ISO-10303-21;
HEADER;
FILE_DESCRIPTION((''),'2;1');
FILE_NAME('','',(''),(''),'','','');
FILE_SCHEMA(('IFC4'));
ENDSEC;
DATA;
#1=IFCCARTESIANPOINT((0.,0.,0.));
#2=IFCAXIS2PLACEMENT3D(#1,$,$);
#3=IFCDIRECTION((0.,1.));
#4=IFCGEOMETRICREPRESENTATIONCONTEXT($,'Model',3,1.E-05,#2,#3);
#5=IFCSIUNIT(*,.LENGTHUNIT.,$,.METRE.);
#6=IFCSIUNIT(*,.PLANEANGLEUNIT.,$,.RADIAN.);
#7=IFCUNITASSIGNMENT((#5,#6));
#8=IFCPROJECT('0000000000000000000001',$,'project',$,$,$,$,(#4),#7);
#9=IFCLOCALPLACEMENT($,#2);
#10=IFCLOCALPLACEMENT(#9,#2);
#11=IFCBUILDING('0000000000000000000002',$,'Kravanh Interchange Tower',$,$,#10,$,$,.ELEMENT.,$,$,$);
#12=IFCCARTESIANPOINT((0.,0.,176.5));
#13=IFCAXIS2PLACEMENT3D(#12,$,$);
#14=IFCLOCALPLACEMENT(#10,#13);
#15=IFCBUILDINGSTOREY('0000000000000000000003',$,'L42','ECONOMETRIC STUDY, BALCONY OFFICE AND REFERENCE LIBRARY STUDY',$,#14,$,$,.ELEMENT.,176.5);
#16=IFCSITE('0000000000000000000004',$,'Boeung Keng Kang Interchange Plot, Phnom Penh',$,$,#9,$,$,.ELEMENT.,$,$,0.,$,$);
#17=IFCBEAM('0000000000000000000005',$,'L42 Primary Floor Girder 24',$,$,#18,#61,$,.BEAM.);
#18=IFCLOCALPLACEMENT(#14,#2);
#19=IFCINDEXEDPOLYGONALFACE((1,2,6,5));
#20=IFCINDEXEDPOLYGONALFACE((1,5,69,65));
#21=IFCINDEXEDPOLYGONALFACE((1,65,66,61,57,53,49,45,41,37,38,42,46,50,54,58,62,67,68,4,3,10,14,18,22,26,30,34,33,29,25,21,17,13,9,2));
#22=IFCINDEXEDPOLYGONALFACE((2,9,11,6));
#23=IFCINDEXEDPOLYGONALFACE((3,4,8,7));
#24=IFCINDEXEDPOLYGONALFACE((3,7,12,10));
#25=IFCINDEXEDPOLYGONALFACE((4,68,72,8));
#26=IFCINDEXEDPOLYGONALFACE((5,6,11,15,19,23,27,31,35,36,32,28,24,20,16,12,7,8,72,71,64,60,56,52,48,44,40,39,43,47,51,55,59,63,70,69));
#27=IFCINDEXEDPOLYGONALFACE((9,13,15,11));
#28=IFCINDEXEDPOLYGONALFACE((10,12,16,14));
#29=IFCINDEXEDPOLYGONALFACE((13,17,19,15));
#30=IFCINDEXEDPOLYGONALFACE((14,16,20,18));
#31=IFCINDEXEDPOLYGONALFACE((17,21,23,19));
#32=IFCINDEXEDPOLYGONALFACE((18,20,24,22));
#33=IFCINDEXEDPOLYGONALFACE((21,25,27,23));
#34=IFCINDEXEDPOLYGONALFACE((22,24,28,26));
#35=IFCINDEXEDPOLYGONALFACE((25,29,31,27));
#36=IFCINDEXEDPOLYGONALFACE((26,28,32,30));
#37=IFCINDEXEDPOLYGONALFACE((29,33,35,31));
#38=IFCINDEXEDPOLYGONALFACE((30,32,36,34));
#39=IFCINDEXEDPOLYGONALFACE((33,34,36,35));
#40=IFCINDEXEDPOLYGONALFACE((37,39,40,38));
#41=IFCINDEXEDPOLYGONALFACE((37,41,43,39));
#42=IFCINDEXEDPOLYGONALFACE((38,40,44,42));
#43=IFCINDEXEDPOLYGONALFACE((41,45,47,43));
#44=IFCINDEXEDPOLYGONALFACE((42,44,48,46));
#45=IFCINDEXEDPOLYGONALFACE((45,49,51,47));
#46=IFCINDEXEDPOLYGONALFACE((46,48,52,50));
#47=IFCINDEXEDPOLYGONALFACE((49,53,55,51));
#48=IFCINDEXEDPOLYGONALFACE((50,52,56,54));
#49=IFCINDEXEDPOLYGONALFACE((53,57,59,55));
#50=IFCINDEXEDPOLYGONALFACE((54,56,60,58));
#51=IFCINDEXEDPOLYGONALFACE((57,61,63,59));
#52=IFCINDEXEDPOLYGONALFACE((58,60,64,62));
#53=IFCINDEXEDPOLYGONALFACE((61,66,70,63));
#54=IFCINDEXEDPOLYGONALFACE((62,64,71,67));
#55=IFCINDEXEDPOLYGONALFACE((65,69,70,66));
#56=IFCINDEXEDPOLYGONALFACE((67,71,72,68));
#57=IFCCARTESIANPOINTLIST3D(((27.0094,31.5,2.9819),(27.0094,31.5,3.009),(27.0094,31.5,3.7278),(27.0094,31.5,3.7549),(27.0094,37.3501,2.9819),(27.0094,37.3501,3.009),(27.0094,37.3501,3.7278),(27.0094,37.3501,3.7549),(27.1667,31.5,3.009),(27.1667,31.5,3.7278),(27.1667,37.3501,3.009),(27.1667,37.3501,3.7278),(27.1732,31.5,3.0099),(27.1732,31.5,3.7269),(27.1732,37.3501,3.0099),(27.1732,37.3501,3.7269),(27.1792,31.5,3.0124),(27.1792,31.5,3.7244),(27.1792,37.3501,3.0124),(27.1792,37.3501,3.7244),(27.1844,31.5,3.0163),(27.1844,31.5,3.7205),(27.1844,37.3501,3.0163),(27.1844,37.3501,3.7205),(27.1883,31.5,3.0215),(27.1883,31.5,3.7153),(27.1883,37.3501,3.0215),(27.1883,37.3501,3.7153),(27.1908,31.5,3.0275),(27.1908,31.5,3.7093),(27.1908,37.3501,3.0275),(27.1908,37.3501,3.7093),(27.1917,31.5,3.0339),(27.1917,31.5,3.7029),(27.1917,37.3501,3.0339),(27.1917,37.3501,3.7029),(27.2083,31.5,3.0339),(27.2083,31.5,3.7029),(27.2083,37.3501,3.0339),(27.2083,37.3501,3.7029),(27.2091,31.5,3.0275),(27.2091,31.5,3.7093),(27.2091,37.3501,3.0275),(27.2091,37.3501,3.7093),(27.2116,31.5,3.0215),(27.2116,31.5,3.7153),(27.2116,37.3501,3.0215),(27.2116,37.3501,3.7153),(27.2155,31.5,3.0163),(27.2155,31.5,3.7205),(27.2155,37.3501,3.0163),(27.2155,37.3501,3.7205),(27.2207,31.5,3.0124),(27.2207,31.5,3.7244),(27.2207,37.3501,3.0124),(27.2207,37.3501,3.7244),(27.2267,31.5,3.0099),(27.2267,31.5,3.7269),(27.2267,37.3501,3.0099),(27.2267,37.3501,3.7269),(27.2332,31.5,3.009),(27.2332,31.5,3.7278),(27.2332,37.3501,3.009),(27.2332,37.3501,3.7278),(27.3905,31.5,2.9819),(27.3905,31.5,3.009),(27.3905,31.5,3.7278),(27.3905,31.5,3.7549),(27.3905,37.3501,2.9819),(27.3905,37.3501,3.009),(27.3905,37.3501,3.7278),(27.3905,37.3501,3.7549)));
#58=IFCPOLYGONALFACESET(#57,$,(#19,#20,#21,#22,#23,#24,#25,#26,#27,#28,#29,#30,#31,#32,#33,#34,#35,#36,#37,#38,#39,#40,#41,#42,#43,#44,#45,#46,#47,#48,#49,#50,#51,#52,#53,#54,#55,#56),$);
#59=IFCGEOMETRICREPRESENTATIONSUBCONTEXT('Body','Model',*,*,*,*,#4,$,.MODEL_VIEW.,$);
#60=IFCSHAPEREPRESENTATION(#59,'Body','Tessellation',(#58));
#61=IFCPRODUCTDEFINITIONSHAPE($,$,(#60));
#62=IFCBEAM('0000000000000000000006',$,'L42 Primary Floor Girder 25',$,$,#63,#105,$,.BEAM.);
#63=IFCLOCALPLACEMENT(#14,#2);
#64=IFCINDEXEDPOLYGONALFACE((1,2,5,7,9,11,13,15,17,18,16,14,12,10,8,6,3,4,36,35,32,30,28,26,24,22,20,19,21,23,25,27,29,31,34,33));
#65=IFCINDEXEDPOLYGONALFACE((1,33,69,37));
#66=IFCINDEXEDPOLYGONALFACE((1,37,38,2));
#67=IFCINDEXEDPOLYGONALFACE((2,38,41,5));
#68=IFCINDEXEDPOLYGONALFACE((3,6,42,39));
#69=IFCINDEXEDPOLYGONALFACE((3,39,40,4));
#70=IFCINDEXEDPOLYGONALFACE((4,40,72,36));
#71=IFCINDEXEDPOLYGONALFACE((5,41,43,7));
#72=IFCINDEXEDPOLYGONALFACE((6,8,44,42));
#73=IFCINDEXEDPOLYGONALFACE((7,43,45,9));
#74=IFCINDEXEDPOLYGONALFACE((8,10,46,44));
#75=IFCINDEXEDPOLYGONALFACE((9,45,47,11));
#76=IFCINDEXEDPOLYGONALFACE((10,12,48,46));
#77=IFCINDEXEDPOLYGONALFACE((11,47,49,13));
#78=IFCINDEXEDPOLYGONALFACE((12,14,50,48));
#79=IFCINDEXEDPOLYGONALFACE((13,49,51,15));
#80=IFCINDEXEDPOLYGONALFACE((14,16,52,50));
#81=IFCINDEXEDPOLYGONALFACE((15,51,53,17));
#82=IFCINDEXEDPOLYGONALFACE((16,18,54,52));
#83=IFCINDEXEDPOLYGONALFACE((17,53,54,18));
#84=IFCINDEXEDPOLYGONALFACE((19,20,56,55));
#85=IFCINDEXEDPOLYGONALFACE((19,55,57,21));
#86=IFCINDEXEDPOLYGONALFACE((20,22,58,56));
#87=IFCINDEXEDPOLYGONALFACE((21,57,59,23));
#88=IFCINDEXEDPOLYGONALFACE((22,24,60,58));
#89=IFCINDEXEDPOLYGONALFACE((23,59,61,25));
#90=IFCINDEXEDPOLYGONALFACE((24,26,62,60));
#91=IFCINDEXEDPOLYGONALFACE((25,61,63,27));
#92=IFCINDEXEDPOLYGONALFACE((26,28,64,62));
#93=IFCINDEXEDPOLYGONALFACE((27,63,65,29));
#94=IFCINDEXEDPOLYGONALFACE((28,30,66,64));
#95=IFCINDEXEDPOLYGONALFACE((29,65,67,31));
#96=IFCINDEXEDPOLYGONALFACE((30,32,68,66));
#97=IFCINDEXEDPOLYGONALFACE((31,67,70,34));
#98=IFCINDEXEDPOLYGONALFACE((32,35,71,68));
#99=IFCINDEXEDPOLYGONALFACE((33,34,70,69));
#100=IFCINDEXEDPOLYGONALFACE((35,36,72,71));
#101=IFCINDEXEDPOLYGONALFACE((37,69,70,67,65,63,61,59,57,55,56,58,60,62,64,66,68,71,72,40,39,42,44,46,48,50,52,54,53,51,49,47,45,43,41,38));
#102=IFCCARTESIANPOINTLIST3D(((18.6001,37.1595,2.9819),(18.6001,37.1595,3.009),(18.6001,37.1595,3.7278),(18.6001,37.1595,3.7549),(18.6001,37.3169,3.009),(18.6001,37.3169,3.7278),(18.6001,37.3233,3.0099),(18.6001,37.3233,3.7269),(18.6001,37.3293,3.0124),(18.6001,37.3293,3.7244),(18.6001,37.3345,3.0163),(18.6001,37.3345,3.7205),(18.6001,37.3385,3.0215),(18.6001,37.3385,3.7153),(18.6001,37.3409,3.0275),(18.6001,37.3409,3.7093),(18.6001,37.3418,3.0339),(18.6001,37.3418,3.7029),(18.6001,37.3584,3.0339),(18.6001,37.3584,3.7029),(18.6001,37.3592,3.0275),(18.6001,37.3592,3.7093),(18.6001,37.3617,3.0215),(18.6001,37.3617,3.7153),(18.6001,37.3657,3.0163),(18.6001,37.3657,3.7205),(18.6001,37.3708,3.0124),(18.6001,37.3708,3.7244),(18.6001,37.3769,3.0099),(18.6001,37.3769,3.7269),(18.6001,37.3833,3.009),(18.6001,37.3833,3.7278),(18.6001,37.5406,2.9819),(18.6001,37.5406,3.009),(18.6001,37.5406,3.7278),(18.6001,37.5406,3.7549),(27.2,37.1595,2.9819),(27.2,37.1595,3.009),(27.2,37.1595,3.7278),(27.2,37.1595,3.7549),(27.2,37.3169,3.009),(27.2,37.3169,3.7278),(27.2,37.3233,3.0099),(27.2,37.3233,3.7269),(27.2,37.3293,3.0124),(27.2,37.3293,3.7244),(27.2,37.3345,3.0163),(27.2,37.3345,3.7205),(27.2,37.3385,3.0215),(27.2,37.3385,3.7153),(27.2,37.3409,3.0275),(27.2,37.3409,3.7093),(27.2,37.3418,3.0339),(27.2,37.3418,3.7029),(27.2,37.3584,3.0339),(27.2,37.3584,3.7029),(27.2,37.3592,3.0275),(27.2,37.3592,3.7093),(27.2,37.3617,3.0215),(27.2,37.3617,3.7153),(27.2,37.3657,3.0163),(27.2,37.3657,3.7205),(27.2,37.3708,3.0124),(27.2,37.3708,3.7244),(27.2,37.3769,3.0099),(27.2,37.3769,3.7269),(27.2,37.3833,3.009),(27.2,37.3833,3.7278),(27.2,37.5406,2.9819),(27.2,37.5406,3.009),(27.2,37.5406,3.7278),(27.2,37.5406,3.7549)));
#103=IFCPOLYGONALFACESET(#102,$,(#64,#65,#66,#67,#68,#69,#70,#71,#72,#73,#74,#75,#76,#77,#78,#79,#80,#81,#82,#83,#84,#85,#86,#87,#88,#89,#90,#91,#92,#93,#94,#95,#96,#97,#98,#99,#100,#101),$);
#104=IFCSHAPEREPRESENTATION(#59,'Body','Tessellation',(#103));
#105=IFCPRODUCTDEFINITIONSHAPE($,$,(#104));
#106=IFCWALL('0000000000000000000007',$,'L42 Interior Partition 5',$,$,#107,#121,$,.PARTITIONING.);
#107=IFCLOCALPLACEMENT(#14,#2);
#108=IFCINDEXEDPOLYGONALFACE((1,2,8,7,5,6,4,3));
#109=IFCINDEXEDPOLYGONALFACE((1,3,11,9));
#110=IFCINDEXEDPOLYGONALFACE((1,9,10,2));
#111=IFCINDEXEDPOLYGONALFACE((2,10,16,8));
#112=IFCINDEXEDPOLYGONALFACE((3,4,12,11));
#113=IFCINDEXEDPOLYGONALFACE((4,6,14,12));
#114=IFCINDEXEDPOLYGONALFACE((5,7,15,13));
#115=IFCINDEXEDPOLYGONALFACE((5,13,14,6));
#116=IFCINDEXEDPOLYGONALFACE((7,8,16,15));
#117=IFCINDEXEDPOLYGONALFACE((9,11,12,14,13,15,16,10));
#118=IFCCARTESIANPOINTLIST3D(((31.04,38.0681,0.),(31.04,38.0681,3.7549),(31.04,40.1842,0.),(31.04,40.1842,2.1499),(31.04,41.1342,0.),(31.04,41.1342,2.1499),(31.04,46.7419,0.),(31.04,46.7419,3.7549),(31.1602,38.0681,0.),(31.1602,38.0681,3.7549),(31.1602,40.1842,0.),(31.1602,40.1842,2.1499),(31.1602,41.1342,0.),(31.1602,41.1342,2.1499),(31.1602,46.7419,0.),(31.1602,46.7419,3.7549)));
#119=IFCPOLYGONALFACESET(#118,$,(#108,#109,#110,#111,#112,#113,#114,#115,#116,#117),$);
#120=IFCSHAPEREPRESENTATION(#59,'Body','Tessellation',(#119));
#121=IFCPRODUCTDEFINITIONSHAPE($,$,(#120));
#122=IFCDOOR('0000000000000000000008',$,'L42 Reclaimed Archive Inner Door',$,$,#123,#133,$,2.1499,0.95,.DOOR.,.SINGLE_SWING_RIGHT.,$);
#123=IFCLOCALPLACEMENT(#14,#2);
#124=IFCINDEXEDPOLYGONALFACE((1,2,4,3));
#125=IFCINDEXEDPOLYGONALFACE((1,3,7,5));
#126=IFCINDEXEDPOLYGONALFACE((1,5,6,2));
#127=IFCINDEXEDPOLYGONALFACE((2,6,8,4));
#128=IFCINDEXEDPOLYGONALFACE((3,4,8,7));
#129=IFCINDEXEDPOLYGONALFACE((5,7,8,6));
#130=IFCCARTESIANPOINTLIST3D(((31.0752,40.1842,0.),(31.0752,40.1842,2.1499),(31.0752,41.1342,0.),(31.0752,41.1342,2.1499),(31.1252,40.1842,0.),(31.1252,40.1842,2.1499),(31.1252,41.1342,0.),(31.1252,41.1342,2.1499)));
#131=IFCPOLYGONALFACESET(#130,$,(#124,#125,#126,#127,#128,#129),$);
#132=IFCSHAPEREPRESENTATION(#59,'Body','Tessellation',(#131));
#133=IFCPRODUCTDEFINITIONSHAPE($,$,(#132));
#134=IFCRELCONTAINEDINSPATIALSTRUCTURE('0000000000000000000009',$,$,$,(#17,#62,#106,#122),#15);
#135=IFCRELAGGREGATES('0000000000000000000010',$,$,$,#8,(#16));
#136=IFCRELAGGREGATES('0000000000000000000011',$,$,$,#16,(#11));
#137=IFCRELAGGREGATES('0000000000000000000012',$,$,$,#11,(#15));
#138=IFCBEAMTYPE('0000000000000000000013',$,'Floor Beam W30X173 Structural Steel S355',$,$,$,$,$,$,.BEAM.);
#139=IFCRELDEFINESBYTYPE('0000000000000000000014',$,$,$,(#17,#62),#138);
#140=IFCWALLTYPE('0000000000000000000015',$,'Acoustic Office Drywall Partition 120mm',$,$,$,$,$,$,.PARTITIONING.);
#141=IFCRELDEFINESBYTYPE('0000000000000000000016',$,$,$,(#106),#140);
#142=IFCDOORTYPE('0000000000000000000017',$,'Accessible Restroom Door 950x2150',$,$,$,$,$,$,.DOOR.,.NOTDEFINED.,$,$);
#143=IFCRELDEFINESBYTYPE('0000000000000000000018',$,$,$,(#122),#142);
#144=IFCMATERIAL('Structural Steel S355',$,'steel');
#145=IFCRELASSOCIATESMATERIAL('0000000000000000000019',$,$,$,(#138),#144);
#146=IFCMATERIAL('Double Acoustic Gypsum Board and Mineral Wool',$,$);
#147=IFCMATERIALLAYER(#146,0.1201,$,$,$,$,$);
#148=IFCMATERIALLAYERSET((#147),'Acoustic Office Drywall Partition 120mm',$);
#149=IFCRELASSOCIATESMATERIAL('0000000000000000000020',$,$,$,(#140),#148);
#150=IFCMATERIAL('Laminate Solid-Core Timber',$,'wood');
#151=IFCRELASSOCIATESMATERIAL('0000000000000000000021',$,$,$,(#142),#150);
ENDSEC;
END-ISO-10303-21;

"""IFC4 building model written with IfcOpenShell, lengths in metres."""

from ifc_helpers import new_model, si_unit, direction, frame, frame_2d, origin, origin_2d, place, context, subcontext, project, spatial, rectangle, i_section, extrude, material, layer, layer_set, material_profile, profile_set, type_object, element, fill, save


model = new_model("IFC4")

# Units and contexts
model_context = context("Model", 3, precision=1e-05, world=origin(), true_north=direction((0.0, 1.0)))
body_context = subcontext(model_context, "Body", "Model", "MODEL_VIEW")
ifc_project = project(units=[si_unit("LENGTHUNIT", "METRE"), si_unit("PLANEANGLEUNIT", "RADIAN")], contexts=[model_context])

# Site, building, storey
site_placement = place(None, origin())
site = spatial("IfcSite", under=ifc_project, at=site_placement, Name="Boeung Keng Kang Interchange Plot, Phnom Penh", CompositionType="ELEMENT", RefElevation=0.0)
building_placement = place(site_placement, origin())
building = spatial("IfcBuilding", under=site, at=building_placement, Name="Kravanh Interchange Tower", CompositionType="ELEMENT")
storey_placement = place(building_placement, frame((0.0, 0.0, 176.5)))
storey = spatial("IfcBuildingStorey", under=building, at=storey_placement, Name="L42", Description="ECONOMETRIC STUDY, BALCONY OFFICE AND REFERENCE LIBRARY STUDY", CompositionType="ELEMENT", Elevation=176.5)

# Beams
ifc_material_1 = material(Name="Structural Steel S355", Category="steel")
ifc_material_profile_1 = material_profile(ifc_material_1, i_section(OverallWidth=0.3811, OverallDepth=0.7729, WebThickness=0.0166, FlangeThickness=0.0271, FilletRadius=0.0249, at=origin_2d()), Name="W30X173")
ifc_profile_set_1 = profile_set([ifc_material_profile_1], Name="Structural Steel S355")
beam_type = type_object("IfcBeamType", Name="Floor Beam W30X173 Structural Steel S355", PredefinedType="BEAM", material=ifc_profile_set_1)
beam_1_placement = place(storey_placement, frame((27.2, 37.3501, 3.3684), z_axis=(0.0, -1.0, 0.0), x_axis=(1.0, 0.0, 0.0)))
element("IfcBeam", 1, at=beam_1_placement, inside=storey, type_object=beam_type, Name="L42 Primary Floor Girder 24", PredefinedType="BEAM", context=body_context, shape_type="SweptSolid", body=[
    extrude(i_section(OverallWidth=0.3811, OverallDepth=0.7729, WebThickness=0.0166, FlangeThickness=0.0271, FilletRadius=0.0249, at=origin_2d()), origin(), (0.0, 0.0, 1.0), 5.8501),
])
beam_2_placement = place(storey_placement, frame((27.2, 37.3501, 3.3684), z_axis=(-1.0, 0.0, 0.0), x_axis=(0.0, -1.0, 0.0)))
element("IfcBeam", 2, at=beam_2_placement, inside=storey, type_object=beam_type, Name="L42 Primary Floor Girder 25", PredefinedType="BEAM", context=body_context, shape_type="SweptSolid", body=[
    extrude(i_section(OverallWidth=0.3811, OverallDepth=0.7729, WebThickness=0.0166, FlangeThickness=0.0271, FilletRadius=0.0249, at=origin_2d()), origin(), (0.0, 0.0, 1.0), 8.5999),
])

# Wall, opening, door
ifc_material_2 = material(Name="Double Acoustic Gypsum Board and Mineral Wool")
ifc_layer_1 = layer(ifc_material_2, 0.1201)
ifc_layer_set_1 = layer_set([ifc_layer_1], Name="Acoustic Office Drywall Partition 120mm")
wall_type_1 = type_object("IfcWallType", Name="Acoustic Office Drywall Partition 120mm", PredefinedType="PARTITIONING", material=ifc_layer_set_1)
wall_1_placement = place(storey_placement, frame((31.1001, 38.0681, 0.0), z_axis=(0.0, 0.0, 1.0), x_axis=(0.0, 1.0, 0.0)))
wall_1 = element("IfcWall", 3, at=wall_1_placement, inside=storey, type_object=wall_type_1, Name="L42 Interior Partition 5", PredefinedType="PARTITIONING", context=body_context, shape_type="SweptSolid", body=[
    extrude(rectangle(XDim=8.6738, YDim=0.1201, at=frame_2d((4.3369, 0.0))), origin(), (0.0, 0.0, 1.0), 3.7549),
])
opening_1_placement = place(wall_1_placement, frame((2.116, 0.0, 0.0)))
opening_1 = element("IfcOpeningElement", 4, at=opening_1_placement, cuts=wall_1, PredefinedType="OPENING", context=body_context, shape_type="SweptSolid", body=[
    extrude(rectangle(XDim=0.95, YDim=2.1499, at=frame_2d((0.4751, 1.075))), frame((0.0, 0.0701, 0.0), z_axis=(0.0, -1.0, 0.0), x_axis=(1.0, 0.0, 0.0)), (0.0, 0.0, 1.0), 0.1401),
])
ifc_material_3 = material(Name="Laminate Solid-Core Timber", Category="wood")
door_type_1 = type_object("IfcDoorType", Name="Accessible Restroom Door 950x2150", OperationType="NOTDEFINED", PredefinedType="DOOR", material=ifc_material_3)
door_1_placement = place(opening_1_placement, origin())
door_1 = element("IfcDoor", 5, at=door_1_placement, inside=storey, type_object=door_type_1, Name="L42 Reclaimed Archive Inner Door", OperationType="SINGLE_SWING_RIGHT", OverallHeight=2.1499, OverallWidth=0.95, PredefinedType="DOOR", context=body_context, shape_type="SweptSolid", body=[
    extrude(rectangle(XDim=0.95, YDim=2.1499, at=frame_2d((0.4751, 1.075))), frame((0.0, 0.0249, 0.0), z_axis=(0.0, -1.0, 0.0), x_axis=(1.0, 0.0, 0.0)), (0.0, 0.0, 1.0), 0.05),
])
fill(opening_1, door_1)

save(model, "model.ifc")
